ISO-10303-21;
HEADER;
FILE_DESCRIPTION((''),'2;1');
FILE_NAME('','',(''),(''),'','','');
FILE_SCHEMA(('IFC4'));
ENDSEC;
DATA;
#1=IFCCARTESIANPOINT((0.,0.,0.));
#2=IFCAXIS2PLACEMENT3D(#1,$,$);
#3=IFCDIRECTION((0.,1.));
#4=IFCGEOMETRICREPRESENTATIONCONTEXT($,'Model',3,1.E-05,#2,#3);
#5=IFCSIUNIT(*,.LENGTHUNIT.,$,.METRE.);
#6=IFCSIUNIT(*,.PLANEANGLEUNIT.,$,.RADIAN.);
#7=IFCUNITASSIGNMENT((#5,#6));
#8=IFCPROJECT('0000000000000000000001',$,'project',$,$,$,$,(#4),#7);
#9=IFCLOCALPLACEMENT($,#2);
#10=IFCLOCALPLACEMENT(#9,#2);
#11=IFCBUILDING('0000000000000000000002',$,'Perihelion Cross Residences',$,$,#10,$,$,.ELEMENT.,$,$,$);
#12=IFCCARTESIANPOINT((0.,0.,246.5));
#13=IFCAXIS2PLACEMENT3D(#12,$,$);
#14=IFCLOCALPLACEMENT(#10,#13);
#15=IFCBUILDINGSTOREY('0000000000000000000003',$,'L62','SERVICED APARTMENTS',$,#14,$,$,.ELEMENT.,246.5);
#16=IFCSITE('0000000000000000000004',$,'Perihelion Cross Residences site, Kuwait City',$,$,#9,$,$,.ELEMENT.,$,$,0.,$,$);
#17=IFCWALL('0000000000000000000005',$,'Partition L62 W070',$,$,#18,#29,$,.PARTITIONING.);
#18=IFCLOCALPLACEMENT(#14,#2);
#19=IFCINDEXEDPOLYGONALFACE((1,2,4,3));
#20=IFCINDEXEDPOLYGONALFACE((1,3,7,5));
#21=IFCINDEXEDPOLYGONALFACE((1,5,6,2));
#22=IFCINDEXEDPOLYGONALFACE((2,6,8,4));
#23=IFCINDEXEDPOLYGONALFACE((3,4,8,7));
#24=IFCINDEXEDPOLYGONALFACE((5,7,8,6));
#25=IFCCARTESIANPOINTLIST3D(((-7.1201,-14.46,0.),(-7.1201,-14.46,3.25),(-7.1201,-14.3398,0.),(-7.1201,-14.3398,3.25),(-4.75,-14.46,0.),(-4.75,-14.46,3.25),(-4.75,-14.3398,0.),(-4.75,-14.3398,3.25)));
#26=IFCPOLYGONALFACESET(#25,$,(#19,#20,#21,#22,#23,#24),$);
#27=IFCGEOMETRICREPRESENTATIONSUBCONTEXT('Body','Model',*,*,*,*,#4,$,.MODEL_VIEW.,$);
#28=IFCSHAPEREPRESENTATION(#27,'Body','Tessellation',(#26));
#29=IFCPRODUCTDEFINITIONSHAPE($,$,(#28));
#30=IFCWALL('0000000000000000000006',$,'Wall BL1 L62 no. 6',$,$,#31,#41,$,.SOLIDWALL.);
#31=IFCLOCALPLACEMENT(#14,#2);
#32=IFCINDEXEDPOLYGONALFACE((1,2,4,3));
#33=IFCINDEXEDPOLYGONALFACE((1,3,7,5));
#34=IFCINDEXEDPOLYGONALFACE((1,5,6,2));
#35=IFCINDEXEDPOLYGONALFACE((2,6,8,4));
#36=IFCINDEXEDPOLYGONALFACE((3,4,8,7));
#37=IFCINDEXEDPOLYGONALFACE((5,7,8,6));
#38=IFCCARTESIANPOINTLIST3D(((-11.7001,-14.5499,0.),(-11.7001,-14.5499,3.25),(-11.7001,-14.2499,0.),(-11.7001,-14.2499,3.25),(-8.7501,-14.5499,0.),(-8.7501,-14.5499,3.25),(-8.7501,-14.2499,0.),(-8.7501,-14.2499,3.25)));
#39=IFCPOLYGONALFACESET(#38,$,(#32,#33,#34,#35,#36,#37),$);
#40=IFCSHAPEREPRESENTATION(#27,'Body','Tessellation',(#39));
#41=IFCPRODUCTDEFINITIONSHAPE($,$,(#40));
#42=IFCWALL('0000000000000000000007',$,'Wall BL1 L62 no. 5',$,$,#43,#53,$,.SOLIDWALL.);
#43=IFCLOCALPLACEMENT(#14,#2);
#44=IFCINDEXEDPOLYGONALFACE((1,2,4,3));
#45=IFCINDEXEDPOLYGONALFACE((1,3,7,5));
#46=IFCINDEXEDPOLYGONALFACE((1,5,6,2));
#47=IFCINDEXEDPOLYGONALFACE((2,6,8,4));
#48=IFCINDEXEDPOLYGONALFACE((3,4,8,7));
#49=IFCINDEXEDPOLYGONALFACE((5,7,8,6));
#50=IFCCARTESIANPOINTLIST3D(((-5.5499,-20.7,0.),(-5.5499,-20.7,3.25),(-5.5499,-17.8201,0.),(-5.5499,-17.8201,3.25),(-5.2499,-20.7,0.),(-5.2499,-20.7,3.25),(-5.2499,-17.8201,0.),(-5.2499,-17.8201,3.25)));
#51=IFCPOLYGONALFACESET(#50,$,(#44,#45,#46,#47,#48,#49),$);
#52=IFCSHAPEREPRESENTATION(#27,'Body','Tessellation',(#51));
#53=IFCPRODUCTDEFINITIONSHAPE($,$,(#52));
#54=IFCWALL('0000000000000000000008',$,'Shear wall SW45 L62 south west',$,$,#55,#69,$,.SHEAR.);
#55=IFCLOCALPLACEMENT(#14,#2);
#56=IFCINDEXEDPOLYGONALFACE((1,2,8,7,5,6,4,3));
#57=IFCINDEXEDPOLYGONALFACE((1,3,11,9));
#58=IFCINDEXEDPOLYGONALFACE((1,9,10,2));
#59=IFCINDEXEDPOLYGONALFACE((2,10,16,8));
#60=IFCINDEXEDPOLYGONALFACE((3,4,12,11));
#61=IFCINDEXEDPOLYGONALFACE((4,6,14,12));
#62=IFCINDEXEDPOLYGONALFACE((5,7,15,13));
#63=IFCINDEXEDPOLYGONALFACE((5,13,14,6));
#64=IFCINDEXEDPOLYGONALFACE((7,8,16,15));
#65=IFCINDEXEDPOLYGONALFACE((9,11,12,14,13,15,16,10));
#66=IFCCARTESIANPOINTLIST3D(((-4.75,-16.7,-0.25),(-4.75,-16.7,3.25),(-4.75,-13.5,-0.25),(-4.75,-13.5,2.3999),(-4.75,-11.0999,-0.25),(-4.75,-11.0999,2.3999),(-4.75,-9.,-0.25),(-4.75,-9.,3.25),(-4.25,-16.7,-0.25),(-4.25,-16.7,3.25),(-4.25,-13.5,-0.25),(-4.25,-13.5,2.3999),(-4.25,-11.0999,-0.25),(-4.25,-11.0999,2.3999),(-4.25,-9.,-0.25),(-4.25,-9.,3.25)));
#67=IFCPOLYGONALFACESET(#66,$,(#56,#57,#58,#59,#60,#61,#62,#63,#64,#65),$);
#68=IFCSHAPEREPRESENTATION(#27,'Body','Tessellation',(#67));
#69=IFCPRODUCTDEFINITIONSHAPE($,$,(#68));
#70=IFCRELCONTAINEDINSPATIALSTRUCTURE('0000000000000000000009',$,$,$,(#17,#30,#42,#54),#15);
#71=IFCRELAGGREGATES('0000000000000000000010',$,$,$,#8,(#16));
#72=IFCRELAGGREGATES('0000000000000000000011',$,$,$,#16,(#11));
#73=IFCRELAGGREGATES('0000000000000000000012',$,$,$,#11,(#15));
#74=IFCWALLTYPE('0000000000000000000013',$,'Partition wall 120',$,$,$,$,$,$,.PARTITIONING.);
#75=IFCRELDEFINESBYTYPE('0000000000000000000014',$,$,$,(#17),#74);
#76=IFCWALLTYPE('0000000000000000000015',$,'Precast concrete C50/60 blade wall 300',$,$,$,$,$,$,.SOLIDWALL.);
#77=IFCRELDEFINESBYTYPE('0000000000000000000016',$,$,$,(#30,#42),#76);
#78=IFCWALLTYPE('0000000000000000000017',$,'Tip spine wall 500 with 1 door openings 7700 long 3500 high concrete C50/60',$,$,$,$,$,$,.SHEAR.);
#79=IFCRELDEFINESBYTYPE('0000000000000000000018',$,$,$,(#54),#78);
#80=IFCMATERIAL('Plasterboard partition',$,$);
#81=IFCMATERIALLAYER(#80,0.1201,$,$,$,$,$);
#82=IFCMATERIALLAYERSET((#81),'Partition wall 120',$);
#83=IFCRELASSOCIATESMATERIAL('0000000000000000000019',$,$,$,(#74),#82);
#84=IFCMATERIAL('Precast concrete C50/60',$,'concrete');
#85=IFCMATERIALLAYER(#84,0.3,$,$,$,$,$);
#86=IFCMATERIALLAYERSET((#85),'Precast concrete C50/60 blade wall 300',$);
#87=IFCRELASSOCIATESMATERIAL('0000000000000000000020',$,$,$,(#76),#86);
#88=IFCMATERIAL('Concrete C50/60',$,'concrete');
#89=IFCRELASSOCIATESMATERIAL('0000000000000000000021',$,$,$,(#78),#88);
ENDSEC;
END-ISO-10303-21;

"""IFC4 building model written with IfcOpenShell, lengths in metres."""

from ifc_helpers import new_model, si_unit, direction, frame, frame_2d, origin, place, context, subcontext, project, spatial, polyline, rectangle, outline, extrude, material, layer, layer_set, material_profile, profile_set, type_object, element, save


model = new_model("IFC4")

# Units and contexts
model_context = context("Model", 3, precision=1e-05, world=origin(), true_north=direction((0.0, 1.0)))
body_context = subcontext(model_context, "Body", "Model", "MODEL_VIEW")
ifc_project = project(units=[si_unit("LENGTHUNIT", "METRE"), si_unit("PLANEANGLEUNIT", "RADIAN")], contexts=[model_context])

# Site, building, storey
site_placement = place(None, origin())
site = spatial("IfcSite", under=ifc_project, at=site_placement, Name="Perihelion Cross Residences site, Kuwait City", CompositionType="ELEMENT", RefElevation=0.0)
building_placement = place(site_placement, origin())
building = spatial("IfcBuilding", under=site, at=building_placement, Name="Perihelion Cross Residences", CompositionType="ELEMENT")
storey_placement = place(building_placement, frame((0.0, 0.0, 246.5)))
storey = spatial("IfcBuildingStorey", under=building, at=storey_placement, Name="L62", Description="SERVICED APARTMENTS", CompositionType="ELEMENT", Elevation=246.5)

# Walls
ifc_material_1 = material(Name="Plasterboard partition")
ifc_layer_1 = layer(ifc_material_1, 0.1201)
ifc_layer_set_1 = layer_set([ifc_layer_1], Name="Partition wall 120")
wall_type_1 = type_object("IfcWallType", Name="Partition wall 120", PredefinedType="PARTITIONING", material=ifc_layer_set_1)
wall_1_placement = place(storey_placement, frame((-4.75, -14.3999, 0.0), z_axis=(0.0, 0.0, 1.0), x_axis=(-1.0, 0.0, 0.0)))
element("IfcWall", 1, at=wall_1_placement, inside=storey, type_object=wall_type_1, Name="Partition L62 W070", PredefinedType="PARTITIONING", context=body_context, shape_type="SweptSolid", body=[
    extrude(rectangle(XDim=2.3701, YDim=0.1201, at=frame_2d((1.1851, 0.0))), origin(), (0.0, 0.0, 1.0), 3.25),
])
ifc_material_2 = material(Name="Precast concrete C50/60", Category="concrete")
ifc_layer_2 = layer(ifc_material_2, 0.3)
ifc_layer_set_2 = layer_set([ifc_layer_2], Name="Precast concrete C50/60 blade wall 300")
wall_type_2 = type_object("IfcWallType", Name="Precast concrete C50/60 blade wall 300", PredefinedType="SOLIDWALL", material=ifc_layer_set_2)
wall_2_placement = place(storey_placement, frame((-8.75, -14.3999, 0.0), z_axis=(0.0, 0.0, 1.0), x_axis=(-1.0, 0.0, 0.0)))
element("IfcWall", 2, at=wall_2_placement, inside=storey, type_object=wall_type_2, Name="Wall BL1 L62 no. 6", PredefinedType="SOLIDWALL", context=body_context, shape_type="SweptSolid", body=[
    extrude(rectangle(XDim=2.95, YDim=0.3, at=frame_2d((1.4751, 0.0))), origin(), (0.0, 0.0, 1.0), 3.25),
])
wall_3_placement = place(storey_placement, frame((-5.3999, -17.8201, 0.0), z_axis=(0.0, 0.0, 1.0), x_axis=(0.0, -1.0, 0.0)))
element("IfcWall", 3, at=wall_3_placement, inside=storey, type_object=wall_type_2, Name="Wall BL1 L62 no. 5", PredefinedType="SOLIDWALL", context=body_context, shape_type="SweptSolid", body=[
    extrude(rectangle(XDim=2.8799, YDim=0.3, at=frame_2d((1.4399, 0.0))), origin(), (0.0, 0.0, 1.0), 3.25),
])
ifc_material_3 = material(Name="Concrete C50/60", Category="concrete")
ifc_material_profile_1 = material_profile(ifc_material_3, outline(polyline([(0.0, 0.0), (3.2, 0.0), (3.2, 2.6499), (5.6001, 2.6499), (5.6001, 0.0), (7.7, 0.0), (7.7, 3.5), (0.0, 3.5), (0.0, 0.0)])), Name="Tip spine wall")
ifc_profile_set_1 = profile_set([ifc_material_profile_1], Name="Concrete C50/60")
wall_type_3 = type_object("IfcWallType", Name="Tip spine wall 500 with 1 door openings 7700 long 3500 high concrete C50/60", PredefinedType="SHEAR", material=ifc_profile_set_1)
wall_4_placement = place(storey_placement, frame((-4.75, -16.7, -0.25), z_axis=(1.0, 0.0, 0.0), x_axis=(0.0, 1.0, 0.0)))
element("IfcWall", 4, at=wall_4_placement, inside=storey, type_object=wall_type_3, Name="Shear wall SW45 L62 south west", PredefinedType="SHEAR", context=body_context, shape_type="SweptSolid", body=[
    extrude(outline(polyline([(0.0, 0.0), (3.2, 0.0), (3.2, 2.6499), (5.6001, 2.6499), (5.6001, 0.0), (7.7, 0.0), (7.7, 3.5), (0.0, 3.5), (0.0, 0.0)])), origin(), (0.0, 0.0, 1.0), 0.5),
])

save(model, "model.ifc")
